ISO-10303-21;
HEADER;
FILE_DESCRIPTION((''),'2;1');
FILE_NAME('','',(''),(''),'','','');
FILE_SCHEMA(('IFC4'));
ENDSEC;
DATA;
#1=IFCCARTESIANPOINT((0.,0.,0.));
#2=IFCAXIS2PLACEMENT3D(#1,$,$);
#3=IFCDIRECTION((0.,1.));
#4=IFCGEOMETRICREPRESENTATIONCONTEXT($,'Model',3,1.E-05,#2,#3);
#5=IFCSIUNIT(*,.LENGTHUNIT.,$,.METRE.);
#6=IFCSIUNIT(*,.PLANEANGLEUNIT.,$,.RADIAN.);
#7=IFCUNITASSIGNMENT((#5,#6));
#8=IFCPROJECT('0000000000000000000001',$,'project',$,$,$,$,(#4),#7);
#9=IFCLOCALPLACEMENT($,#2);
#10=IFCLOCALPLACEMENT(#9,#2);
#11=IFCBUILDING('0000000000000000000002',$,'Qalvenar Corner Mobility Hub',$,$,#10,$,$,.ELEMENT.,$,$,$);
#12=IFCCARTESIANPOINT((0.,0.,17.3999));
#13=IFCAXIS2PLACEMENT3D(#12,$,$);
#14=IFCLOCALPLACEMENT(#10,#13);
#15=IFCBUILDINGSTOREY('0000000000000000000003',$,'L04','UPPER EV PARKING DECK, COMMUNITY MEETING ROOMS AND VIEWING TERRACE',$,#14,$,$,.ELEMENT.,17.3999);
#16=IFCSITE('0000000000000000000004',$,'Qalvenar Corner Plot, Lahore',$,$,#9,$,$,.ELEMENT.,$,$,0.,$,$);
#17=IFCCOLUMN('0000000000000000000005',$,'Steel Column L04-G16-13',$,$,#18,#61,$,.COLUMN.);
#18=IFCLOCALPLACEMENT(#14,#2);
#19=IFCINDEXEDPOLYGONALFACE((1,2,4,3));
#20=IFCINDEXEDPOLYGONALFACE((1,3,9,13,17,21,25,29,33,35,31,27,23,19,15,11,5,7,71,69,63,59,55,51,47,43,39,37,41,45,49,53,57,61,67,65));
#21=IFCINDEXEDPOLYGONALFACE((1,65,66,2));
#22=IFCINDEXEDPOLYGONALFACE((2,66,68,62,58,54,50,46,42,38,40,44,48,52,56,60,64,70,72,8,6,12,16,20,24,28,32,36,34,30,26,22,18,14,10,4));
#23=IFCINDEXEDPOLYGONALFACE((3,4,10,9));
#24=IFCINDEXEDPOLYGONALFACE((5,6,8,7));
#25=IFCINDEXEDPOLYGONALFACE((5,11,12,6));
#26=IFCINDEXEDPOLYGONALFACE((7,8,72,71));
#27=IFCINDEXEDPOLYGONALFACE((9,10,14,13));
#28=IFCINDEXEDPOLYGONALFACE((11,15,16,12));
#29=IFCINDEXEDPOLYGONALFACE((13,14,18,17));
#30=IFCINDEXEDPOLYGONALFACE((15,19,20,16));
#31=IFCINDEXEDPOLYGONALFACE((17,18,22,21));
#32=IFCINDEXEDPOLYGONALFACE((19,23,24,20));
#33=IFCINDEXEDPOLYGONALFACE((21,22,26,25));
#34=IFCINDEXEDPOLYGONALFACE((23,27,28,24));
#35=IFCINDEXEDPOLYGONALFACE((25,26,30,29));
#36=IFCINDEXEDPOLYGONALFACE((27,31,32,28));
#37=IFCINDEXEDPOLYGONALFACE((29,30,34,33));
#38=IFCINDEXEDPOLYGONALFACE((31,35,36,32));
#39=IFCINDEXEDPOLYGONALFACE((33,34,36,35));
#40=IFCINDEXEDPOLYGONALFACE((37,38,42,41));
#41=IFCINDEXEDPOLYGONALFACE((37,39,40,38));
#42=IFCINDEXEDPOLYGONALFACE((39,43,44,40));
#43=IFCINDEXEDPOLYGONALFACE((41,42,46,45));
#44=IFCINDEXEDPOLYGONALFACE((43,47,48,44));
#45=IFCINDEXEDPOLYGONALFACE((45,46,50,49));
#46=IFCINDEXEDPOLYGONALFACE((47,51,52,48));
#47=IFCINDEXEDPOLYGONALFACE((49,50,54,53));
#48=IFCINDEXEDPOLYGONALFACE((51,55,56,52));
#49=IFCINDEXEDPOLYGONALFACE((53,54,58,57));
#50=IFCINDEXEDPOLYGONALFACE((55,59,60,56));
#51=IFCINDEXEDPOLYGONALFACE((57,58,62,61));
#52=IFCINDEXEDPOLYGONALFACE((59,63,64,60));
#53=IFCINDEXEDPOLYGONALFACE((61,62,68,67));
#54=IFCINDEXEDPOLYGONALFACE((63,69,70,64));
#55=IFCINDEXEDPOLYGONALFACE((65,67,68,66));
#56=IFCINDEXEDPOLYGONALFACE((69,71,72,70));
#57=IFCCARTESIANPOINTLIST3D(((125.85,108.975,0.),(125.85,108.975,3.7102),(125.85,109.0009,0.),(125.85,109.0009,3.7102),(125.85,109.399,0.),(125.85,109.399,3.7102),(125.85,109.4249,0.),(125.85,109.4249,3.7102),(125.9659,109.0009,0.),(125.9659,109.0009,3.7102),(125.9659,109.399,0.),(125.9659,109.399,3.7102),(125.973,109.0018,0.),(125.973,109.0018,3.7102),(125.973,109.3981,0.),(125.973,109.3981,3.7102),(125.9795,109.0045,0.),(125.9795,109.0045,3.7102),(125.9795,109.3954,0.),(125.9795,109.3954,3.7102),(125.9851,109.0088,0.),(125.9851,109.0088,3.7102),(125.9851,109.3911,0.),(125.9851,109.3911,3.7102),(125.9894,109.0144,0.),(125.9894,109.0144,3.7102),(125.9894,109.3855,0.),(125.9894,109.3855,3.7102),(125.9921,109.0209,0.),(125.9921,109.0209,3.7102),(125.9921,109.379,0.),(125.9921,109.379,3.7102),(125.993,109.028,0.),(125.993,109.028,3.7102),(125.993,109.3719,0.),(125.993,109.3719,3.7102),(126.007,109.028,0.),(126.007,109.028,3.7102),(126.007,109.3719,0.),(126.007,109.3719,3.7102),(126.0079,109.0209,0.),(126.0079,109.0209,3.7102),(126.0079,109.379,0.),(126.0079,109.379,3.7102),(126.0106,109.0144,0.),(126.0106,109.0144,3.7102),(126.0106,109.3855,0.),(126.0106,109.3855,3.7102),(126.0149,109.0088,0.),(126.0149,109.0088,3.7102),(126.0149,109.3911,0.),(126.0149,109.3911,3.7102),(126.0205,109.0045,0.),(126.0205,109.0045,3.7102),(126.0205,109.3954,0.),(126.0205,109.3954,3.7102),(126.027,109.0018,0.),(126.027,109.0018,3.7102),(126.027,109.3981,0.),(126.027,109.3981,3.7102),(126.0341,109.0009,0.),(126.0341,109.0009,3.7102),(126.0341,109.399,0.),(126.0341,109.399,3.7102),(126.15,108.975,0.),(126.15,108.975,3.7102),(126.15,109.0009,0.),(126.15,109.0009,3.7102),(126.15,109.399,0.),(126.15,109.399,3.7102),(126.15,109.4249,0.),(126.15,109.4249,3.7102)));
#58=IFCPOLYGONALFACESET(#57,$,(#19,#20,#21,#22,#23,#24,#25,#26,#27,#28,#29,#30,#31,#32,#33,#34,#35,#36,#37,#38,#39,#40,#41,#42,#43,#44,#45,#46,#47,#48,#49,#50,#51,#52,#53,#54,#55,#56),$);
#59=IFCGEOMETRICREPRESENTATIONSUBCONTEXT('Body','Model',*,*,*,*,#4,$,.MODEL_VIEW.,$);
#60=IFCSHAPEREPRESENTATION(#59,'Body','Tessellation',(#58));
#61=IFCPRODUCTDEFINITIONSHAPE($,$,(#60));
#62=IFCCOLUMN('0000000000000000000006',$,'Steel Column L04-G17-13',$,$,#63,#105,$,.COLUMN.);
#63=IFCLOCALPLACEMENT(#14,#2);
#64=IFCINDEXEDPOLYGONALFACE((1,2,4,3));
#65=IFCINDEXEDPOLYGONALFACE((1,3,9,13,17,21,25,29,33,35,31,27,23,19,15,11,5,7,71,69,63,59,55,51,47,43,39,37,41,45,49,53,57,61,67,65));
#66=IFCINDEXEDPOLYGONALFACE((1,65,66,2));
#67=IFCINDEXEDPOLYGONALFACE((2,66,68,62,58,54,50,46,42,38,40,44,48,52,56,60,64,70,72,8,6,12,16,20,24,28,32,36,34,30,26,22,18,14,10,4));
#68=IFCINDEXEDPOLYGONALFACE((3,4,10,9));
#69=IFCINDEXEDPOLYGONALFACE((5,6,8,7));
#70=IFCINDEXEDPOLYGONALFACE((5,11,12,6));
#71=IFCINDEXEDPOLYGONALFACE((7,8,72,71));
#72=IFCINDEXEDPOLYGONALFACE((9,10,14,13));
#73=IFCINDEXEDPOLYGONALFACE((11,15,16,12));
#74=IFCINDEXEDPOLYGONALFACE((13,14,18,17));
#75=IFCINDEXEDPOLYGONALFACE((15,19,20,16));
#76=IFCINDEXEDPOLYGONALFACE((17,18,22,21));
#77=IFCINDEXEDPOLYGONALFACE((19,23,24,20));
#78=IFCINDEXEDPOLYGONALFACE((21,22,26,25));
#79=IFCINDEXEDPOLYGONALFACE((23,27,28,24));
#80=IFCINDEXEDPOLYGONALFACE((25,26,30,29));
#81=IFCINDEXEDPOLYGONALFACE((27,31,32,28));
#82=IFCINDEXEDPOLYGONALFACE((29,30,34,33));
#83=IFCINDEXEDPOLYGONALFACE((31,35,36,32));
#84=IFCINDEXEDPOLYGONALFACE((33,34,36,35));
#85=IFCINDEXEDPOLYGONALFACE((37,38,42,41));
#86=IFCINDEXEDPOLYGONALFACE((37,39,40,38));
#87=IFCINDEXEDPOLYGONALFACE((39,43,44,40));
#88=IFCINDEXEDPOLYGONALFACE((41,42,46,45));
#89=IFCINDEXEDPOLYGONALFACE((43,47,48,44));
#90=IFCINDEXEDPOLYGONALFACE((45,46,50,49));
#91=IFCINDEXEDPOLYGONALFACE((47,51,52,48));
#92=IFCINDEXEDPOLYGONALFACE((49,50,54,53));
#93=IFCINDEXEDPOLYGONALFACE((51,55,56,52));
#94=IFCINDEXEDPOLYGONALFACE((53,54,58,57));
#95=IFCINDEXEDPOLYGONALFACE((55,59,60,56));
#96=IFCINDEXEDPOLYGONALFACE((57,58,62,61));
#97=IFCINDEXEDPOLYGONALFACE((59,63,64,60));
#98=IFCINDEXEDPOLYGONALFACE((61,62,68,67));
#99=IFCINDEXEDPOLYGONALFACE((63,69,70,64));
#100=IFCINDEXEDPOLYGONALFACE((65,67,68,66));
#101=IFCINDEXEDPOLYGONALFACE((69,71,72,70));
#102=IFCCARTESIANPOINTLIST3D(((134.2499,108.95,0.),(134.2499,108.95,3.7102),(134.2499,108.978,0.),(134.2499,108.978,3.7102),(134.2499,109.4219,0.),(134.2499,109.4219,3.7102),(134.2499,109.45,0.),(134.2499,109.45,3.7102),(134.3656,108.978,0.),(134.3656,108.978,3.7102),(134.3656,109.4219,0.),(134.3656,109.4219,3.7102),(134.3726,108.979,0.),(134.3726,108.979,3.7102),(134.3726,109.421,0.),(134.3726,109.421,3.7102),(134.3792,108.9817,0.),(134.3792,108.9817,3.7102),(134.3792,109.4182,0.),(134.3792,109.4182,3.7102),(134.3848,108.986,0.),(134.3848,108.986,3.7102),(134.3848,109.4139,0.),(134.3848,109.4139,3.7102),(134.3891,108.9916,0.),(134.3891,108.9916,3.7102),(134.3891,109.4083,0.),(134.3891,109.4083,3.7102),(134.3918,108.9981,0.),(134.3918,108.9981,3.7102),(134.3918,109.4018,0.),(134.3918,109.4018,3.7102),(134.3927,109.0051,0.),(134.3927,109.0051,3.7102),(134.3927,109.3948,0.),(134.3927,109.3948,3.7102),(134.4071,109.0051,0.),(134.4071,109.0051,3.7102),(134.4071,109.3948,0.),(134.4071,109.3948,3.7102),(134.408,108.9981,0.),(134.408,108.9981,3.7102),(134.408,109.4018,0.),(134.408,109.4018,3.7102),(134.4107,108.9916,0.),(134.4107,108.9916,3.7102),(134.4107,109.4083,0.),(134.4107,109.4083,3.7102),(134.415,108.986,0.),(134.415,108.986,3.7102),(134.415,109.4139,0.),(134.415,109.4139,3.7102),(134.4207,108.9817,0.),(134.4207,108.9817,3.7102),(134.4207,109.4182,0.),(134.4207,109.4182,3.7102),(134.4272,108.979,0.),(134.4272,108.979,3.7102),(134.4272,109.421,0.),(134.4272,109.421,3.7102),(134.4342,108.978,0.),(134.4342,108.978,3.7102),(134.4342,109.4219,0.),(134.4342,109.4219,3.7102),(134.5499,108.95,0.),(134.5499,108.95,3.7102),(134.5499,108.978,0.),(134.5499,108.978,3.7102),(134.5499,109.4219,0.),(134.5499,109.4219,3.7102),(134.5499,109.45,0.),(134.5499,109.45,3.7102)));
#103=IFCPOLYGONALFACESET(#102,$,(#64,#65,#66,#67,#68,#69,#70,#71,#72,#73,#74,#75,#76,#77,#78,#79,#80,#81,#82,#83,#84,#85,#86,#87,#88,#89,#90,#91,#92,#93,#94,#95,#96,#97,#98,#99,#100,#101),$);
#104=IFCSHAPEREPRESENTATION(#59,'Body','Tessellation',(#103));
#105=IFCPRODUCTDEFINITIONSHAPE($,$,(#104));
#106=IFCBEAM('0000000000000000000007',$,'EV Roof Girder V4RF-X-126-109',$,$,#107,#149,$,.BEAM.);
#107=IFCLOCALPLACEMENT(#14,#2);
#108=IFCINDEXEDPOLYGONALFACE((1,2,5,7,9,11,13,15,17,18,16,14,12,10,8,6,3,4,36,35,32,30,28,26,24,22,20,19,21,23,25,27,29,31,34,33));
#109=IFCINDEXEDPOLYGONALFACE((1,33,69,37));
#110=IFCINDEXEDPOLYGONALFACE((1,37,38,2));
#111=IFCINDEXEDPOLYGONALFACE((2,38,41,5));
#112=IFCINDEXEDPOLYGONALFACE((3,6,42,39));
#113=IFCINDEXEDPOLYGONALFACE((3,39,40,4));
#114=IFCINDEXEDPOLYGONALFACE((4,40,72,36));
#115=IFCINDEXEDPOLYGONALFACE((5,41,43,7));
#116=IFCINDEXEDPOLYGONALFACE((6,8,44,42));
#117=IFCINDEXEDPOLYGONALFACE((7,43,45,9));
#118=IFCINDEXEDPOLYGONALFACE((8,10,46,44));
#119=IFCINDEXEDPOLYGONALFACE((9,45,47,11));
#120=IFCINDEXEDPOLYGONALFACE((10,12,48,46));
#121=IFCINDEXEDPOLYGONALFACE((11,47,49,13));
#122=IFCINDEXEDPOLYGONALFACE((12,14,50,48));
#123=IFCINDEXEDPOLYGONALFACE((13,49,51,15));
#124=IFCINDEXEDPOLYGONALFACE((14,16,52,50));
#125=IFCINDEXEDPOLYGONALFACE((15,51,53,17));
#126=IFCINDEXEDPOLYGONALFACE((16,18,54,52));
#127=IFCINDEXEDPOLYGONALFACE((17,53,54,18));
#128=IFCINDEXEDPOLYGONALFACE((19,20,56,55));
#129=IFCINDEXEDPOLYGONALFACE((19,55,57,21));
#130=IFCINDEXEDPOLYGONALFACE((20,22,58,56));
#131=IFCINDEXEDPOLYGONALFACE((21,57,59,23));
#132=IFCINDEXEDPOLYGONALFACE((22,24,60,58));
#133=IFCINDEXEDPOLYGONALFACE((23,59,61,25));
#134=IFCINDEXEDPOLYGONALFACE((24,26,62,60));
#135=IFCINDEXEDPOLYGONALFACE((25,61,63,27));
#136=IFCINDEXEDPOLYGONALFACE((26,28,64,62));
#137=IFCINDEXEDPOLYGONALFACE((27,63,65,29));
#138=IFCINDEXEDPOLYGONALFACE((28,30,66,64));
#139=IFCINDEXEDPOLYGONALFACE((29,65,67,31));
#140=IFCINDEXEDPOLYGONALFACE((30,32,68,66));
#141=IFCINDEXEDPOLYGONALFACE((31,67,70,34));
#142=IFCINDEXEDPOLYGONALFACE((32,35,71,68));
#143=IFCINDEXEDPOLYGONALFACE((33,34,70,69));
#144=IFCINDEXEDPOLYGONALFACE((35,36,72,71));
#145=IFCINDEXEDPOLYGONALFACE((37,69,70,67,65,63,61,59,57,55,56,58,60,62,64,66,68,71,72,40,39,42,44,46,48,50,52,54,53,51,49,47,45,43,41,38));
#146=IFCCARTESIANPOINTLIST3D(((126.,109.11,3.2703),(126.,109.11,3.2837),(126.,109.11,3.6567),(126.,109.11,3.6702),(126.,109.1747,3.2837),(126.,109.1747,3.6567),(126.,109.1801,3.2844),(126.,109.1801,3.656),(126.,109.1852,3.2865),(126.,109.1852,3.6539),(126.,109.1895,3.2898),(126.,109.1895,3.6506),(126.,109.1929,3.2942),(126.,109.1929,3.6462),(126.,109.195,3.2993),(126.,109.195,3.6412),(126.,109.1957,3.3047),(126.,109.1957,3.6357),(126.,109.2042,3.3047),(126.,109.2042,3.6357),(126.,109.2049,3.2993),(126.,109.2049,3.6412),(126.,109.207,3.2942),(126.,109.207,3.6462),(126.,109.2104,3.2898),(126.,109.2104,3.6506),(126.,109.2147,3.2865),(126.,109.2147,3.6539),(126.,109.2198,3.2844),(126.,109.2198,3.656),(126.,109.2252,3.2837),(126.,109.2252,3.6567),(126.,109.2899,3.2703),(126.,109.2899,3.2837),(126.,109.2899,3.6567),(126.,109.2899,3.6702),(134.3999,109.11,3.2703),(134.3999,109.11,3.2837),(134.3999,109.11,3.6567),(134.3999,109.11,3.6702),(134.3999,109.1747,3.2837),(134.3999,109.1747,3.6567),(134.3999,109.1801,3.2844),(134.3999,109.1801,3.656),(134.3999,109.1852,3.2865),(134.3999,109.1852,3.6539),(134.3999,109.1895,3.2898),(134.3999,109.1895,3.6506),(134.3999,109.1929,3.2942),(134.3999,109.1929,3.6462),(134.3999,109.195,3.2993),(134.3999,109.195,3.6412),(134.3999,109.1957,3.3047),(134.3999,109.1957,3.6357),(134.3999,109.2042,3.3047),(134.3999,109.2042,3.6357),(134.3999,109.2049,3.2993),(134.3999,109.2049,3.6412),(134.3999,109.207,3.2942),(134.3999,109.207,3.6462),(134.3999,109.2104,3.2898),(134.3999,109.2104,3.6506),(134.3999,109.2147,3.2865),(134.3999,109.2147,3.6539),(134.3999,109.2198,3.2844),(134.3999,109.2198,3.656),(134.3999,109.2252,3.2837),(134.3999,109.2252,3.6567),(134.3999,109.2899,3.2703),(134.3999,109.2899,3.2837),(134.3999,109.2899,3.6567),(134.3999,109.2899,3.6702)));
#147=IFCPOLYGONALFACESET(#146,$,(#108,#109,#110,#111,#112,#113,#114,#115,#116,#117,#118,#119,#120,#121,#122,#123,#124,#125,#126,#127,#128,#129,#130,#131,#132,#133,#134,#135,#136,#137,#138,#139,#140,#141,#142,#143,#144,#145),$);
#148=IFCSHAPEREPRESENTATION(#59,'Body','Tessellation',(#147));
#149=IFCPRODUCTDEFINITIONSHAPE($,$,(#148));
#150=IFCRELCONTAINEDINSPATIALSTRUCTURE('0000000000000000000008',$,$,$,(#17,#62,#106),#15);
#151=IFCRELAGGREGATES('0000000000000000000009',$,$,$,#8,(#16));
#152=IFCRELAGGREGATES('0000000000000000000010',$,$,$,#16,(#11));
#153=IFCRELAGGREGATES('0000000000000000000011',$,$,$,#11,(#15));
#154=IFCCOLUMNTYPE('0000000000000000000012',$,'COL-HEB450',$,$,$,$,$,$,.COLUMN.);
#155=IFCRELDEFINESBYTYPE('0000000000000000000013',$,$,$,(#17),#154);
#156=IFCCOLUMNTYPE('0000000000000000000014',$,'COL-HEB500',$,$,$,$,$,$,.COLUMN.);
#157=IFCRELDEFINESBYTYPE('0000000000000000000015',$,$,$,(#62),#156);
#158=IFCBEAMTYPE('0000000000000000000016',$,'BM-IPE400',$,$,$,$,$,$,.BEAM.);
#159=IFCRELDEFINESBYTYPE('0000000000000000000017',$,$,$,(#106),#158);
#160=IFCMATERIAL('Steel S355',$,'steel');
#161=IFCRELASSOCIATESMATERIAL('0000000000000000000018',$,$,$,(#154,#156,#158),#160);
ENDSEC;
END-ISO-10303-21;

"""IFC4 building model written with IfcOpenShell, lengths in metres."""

from ifc_helpers import new_model, si_unit, direction, frame, origin, origin_2d, place, context, subcontext, project, spatial, i_section, extrude, material, material_profile, profile_set, type_object, element, save


model = new_model("IFC4")

# Units and contexts
model_context = context("Model", 3, precision=1e-05, world=origin(), true_north=direction((0.0, 1.0)))
body_context = subcontext(model_context, "Body", "Model", "MODEL_VIEW")
ifc_project = project(units=[si_unit("LENGTHUNIT", "METRE"), si_unit("PLANEANGLEUNIT", "RADIAN")], contexts=[model_context])

# Site, building, storey
site_placement = place(None, origin())
site = spatial("IfcSite", under=ifc_project, at=site_placement, Name="Qalvenar Corner Plot, Lahore", CompositionType="ELEMENT", RefElevation=0.0)
building_placement = place(site_placement, origin())
building = spatial("IfcBuilding", under=site, at=building_placement, Name="Qalvenar Corner Mobility Hub", CompositionType="ELEMENT")
storey_placement = place(building_placement, frame((0.0, 0.0, 17.3999)))
storey = spatial("IfcBuildingStorey", under=building, at=storey_placement, Name="L04", Description="UPPER EV PARKING DECK, COMMUNITY MEETING ROOMS AND VIEWING TERRACE", CompositionType="ELEMENT", Elevation=17.3999)

# Columns
ifc_material_1 = material(Name="Steel S355", Category="steel")
ifc_material_profile_1 = material_profile(ifc_material_1, i_section(OverallWidth=0.3, OverallDepth=0.45, WebThickness=0.0139, FlangeThickness=0.0259, FilletRadius=0.0271, at=origin_2d()), Name="HEB450")
ifc_profile_set_1 = profile_set([ifc_material_profile_1], Name="Steel S355")
column_type_1 = type_object("IfcColumnType", Name="COL-HEB450", PredefinedType="COLUMN", material=ifc_profile_set_1)
column_1_placement = place(storey_placement, frame((126.0, 109.2, 0.0), z_axis=(0.0, 0.0, 1.0), x_axis=(1.0, 0.0, 0.0)))
element("IfcColumn", 1, at=column_1_placement, inside=storey, type_object=column_type_1, Name="Steel Column L04-G16-13", PredefinedType="COLUMN", context=body_context, shape_type="SweptSolid", body=[
    extrude(i_section(OverallWidth=0.3, OverallDepth=0.45, WebThickness=0.0139, FlangeThickness=0.0259, FilletRadius=0.0271, at=origin_2d()), origin(), (0.0, 0.0, 1.0), 3.7102),
])
ifc_material_profile_2 = material_profile(ifc_material_1, i_section(OverallWidth=0.3, OverallDepth=0.5, WebThickness=0.0144, FlangeThickness=0.0281, FilletRadius=0.0271, at=origin_2d()), Name="HEB500")
ifc_profile_set_2 = profile_set([ifc_material_profile_2], Name="Steel S355")
column_type_2 = type_object("IfcColumnType", Name="COL-HEB500", PredefinedType="COLUMN", material=ifc_profile_set_2)
column_2_placement = place(storey_placement, frame((134.3999, 109.2, 0.0), z_axis=(0.0, 0.0, 1.0), x_axis=(1.0, 0.0, 0.0)))
element("IfcColumn", 2, at=column_2_placement, inside=storey, type_object=column_type_2, Name="Steel Column L04-G17-13", PredefinedType="COLUMN", context=body_context, shape_type="SweptSolid", body=[
    extrude(i_section(OverallWidth=0.3, OverallDepth=0.5, WebThickness=0.0144, FlangeThickness=0.0281, FilletRadius=0.0271, at=origin_2d()), origin(), (0.0, 0.0, 1.0), 3.7102),
])

# Beam
ifc_material_profile_3 = material_profile(ifc_material_1, i_section(OverallWidth=0.1799, OverallDepth=0.3999, WebThickness=0.0085, FlangeThickness=0.0134, FilletRadius=0.021, at=origin_2d()), Name="IPE400")
ifc_profile_set_3 = profile_set([ifc_material_profile_3], Name="Steel S355")
beam_type_1 = type_object("IfcBeamType", Name="BM-IPE400", PredefinedType="BEAM", material=ifc_profile_set_3)
beam_1_placement = place(storey_placement, frame((126.0, 109.2, 3.4702), z_axis=(1.0, 0.0, 0.0), x_axis=(0.0, 1.0, 0.0)))
element("IfcBeam", 3, at=beam_1_placement, inside=storey, type_object=beam_type_1, Name="EV Roof Girder V4RF-X-126-109", PredefinedType="BEAM", context=body_context, shape_type="SweptSolid", body=[
    extrude(i_section(OverallWidth=0.1799, OverallDepth=0.3999, WebThickness=0.0085, FlangeThickness=0.0134, FilletRadius=0.021, at=origin_2d()), origin(), (0.0, 0.0, 1.0), 8.3999),
])

save(model, "model.ifc")
